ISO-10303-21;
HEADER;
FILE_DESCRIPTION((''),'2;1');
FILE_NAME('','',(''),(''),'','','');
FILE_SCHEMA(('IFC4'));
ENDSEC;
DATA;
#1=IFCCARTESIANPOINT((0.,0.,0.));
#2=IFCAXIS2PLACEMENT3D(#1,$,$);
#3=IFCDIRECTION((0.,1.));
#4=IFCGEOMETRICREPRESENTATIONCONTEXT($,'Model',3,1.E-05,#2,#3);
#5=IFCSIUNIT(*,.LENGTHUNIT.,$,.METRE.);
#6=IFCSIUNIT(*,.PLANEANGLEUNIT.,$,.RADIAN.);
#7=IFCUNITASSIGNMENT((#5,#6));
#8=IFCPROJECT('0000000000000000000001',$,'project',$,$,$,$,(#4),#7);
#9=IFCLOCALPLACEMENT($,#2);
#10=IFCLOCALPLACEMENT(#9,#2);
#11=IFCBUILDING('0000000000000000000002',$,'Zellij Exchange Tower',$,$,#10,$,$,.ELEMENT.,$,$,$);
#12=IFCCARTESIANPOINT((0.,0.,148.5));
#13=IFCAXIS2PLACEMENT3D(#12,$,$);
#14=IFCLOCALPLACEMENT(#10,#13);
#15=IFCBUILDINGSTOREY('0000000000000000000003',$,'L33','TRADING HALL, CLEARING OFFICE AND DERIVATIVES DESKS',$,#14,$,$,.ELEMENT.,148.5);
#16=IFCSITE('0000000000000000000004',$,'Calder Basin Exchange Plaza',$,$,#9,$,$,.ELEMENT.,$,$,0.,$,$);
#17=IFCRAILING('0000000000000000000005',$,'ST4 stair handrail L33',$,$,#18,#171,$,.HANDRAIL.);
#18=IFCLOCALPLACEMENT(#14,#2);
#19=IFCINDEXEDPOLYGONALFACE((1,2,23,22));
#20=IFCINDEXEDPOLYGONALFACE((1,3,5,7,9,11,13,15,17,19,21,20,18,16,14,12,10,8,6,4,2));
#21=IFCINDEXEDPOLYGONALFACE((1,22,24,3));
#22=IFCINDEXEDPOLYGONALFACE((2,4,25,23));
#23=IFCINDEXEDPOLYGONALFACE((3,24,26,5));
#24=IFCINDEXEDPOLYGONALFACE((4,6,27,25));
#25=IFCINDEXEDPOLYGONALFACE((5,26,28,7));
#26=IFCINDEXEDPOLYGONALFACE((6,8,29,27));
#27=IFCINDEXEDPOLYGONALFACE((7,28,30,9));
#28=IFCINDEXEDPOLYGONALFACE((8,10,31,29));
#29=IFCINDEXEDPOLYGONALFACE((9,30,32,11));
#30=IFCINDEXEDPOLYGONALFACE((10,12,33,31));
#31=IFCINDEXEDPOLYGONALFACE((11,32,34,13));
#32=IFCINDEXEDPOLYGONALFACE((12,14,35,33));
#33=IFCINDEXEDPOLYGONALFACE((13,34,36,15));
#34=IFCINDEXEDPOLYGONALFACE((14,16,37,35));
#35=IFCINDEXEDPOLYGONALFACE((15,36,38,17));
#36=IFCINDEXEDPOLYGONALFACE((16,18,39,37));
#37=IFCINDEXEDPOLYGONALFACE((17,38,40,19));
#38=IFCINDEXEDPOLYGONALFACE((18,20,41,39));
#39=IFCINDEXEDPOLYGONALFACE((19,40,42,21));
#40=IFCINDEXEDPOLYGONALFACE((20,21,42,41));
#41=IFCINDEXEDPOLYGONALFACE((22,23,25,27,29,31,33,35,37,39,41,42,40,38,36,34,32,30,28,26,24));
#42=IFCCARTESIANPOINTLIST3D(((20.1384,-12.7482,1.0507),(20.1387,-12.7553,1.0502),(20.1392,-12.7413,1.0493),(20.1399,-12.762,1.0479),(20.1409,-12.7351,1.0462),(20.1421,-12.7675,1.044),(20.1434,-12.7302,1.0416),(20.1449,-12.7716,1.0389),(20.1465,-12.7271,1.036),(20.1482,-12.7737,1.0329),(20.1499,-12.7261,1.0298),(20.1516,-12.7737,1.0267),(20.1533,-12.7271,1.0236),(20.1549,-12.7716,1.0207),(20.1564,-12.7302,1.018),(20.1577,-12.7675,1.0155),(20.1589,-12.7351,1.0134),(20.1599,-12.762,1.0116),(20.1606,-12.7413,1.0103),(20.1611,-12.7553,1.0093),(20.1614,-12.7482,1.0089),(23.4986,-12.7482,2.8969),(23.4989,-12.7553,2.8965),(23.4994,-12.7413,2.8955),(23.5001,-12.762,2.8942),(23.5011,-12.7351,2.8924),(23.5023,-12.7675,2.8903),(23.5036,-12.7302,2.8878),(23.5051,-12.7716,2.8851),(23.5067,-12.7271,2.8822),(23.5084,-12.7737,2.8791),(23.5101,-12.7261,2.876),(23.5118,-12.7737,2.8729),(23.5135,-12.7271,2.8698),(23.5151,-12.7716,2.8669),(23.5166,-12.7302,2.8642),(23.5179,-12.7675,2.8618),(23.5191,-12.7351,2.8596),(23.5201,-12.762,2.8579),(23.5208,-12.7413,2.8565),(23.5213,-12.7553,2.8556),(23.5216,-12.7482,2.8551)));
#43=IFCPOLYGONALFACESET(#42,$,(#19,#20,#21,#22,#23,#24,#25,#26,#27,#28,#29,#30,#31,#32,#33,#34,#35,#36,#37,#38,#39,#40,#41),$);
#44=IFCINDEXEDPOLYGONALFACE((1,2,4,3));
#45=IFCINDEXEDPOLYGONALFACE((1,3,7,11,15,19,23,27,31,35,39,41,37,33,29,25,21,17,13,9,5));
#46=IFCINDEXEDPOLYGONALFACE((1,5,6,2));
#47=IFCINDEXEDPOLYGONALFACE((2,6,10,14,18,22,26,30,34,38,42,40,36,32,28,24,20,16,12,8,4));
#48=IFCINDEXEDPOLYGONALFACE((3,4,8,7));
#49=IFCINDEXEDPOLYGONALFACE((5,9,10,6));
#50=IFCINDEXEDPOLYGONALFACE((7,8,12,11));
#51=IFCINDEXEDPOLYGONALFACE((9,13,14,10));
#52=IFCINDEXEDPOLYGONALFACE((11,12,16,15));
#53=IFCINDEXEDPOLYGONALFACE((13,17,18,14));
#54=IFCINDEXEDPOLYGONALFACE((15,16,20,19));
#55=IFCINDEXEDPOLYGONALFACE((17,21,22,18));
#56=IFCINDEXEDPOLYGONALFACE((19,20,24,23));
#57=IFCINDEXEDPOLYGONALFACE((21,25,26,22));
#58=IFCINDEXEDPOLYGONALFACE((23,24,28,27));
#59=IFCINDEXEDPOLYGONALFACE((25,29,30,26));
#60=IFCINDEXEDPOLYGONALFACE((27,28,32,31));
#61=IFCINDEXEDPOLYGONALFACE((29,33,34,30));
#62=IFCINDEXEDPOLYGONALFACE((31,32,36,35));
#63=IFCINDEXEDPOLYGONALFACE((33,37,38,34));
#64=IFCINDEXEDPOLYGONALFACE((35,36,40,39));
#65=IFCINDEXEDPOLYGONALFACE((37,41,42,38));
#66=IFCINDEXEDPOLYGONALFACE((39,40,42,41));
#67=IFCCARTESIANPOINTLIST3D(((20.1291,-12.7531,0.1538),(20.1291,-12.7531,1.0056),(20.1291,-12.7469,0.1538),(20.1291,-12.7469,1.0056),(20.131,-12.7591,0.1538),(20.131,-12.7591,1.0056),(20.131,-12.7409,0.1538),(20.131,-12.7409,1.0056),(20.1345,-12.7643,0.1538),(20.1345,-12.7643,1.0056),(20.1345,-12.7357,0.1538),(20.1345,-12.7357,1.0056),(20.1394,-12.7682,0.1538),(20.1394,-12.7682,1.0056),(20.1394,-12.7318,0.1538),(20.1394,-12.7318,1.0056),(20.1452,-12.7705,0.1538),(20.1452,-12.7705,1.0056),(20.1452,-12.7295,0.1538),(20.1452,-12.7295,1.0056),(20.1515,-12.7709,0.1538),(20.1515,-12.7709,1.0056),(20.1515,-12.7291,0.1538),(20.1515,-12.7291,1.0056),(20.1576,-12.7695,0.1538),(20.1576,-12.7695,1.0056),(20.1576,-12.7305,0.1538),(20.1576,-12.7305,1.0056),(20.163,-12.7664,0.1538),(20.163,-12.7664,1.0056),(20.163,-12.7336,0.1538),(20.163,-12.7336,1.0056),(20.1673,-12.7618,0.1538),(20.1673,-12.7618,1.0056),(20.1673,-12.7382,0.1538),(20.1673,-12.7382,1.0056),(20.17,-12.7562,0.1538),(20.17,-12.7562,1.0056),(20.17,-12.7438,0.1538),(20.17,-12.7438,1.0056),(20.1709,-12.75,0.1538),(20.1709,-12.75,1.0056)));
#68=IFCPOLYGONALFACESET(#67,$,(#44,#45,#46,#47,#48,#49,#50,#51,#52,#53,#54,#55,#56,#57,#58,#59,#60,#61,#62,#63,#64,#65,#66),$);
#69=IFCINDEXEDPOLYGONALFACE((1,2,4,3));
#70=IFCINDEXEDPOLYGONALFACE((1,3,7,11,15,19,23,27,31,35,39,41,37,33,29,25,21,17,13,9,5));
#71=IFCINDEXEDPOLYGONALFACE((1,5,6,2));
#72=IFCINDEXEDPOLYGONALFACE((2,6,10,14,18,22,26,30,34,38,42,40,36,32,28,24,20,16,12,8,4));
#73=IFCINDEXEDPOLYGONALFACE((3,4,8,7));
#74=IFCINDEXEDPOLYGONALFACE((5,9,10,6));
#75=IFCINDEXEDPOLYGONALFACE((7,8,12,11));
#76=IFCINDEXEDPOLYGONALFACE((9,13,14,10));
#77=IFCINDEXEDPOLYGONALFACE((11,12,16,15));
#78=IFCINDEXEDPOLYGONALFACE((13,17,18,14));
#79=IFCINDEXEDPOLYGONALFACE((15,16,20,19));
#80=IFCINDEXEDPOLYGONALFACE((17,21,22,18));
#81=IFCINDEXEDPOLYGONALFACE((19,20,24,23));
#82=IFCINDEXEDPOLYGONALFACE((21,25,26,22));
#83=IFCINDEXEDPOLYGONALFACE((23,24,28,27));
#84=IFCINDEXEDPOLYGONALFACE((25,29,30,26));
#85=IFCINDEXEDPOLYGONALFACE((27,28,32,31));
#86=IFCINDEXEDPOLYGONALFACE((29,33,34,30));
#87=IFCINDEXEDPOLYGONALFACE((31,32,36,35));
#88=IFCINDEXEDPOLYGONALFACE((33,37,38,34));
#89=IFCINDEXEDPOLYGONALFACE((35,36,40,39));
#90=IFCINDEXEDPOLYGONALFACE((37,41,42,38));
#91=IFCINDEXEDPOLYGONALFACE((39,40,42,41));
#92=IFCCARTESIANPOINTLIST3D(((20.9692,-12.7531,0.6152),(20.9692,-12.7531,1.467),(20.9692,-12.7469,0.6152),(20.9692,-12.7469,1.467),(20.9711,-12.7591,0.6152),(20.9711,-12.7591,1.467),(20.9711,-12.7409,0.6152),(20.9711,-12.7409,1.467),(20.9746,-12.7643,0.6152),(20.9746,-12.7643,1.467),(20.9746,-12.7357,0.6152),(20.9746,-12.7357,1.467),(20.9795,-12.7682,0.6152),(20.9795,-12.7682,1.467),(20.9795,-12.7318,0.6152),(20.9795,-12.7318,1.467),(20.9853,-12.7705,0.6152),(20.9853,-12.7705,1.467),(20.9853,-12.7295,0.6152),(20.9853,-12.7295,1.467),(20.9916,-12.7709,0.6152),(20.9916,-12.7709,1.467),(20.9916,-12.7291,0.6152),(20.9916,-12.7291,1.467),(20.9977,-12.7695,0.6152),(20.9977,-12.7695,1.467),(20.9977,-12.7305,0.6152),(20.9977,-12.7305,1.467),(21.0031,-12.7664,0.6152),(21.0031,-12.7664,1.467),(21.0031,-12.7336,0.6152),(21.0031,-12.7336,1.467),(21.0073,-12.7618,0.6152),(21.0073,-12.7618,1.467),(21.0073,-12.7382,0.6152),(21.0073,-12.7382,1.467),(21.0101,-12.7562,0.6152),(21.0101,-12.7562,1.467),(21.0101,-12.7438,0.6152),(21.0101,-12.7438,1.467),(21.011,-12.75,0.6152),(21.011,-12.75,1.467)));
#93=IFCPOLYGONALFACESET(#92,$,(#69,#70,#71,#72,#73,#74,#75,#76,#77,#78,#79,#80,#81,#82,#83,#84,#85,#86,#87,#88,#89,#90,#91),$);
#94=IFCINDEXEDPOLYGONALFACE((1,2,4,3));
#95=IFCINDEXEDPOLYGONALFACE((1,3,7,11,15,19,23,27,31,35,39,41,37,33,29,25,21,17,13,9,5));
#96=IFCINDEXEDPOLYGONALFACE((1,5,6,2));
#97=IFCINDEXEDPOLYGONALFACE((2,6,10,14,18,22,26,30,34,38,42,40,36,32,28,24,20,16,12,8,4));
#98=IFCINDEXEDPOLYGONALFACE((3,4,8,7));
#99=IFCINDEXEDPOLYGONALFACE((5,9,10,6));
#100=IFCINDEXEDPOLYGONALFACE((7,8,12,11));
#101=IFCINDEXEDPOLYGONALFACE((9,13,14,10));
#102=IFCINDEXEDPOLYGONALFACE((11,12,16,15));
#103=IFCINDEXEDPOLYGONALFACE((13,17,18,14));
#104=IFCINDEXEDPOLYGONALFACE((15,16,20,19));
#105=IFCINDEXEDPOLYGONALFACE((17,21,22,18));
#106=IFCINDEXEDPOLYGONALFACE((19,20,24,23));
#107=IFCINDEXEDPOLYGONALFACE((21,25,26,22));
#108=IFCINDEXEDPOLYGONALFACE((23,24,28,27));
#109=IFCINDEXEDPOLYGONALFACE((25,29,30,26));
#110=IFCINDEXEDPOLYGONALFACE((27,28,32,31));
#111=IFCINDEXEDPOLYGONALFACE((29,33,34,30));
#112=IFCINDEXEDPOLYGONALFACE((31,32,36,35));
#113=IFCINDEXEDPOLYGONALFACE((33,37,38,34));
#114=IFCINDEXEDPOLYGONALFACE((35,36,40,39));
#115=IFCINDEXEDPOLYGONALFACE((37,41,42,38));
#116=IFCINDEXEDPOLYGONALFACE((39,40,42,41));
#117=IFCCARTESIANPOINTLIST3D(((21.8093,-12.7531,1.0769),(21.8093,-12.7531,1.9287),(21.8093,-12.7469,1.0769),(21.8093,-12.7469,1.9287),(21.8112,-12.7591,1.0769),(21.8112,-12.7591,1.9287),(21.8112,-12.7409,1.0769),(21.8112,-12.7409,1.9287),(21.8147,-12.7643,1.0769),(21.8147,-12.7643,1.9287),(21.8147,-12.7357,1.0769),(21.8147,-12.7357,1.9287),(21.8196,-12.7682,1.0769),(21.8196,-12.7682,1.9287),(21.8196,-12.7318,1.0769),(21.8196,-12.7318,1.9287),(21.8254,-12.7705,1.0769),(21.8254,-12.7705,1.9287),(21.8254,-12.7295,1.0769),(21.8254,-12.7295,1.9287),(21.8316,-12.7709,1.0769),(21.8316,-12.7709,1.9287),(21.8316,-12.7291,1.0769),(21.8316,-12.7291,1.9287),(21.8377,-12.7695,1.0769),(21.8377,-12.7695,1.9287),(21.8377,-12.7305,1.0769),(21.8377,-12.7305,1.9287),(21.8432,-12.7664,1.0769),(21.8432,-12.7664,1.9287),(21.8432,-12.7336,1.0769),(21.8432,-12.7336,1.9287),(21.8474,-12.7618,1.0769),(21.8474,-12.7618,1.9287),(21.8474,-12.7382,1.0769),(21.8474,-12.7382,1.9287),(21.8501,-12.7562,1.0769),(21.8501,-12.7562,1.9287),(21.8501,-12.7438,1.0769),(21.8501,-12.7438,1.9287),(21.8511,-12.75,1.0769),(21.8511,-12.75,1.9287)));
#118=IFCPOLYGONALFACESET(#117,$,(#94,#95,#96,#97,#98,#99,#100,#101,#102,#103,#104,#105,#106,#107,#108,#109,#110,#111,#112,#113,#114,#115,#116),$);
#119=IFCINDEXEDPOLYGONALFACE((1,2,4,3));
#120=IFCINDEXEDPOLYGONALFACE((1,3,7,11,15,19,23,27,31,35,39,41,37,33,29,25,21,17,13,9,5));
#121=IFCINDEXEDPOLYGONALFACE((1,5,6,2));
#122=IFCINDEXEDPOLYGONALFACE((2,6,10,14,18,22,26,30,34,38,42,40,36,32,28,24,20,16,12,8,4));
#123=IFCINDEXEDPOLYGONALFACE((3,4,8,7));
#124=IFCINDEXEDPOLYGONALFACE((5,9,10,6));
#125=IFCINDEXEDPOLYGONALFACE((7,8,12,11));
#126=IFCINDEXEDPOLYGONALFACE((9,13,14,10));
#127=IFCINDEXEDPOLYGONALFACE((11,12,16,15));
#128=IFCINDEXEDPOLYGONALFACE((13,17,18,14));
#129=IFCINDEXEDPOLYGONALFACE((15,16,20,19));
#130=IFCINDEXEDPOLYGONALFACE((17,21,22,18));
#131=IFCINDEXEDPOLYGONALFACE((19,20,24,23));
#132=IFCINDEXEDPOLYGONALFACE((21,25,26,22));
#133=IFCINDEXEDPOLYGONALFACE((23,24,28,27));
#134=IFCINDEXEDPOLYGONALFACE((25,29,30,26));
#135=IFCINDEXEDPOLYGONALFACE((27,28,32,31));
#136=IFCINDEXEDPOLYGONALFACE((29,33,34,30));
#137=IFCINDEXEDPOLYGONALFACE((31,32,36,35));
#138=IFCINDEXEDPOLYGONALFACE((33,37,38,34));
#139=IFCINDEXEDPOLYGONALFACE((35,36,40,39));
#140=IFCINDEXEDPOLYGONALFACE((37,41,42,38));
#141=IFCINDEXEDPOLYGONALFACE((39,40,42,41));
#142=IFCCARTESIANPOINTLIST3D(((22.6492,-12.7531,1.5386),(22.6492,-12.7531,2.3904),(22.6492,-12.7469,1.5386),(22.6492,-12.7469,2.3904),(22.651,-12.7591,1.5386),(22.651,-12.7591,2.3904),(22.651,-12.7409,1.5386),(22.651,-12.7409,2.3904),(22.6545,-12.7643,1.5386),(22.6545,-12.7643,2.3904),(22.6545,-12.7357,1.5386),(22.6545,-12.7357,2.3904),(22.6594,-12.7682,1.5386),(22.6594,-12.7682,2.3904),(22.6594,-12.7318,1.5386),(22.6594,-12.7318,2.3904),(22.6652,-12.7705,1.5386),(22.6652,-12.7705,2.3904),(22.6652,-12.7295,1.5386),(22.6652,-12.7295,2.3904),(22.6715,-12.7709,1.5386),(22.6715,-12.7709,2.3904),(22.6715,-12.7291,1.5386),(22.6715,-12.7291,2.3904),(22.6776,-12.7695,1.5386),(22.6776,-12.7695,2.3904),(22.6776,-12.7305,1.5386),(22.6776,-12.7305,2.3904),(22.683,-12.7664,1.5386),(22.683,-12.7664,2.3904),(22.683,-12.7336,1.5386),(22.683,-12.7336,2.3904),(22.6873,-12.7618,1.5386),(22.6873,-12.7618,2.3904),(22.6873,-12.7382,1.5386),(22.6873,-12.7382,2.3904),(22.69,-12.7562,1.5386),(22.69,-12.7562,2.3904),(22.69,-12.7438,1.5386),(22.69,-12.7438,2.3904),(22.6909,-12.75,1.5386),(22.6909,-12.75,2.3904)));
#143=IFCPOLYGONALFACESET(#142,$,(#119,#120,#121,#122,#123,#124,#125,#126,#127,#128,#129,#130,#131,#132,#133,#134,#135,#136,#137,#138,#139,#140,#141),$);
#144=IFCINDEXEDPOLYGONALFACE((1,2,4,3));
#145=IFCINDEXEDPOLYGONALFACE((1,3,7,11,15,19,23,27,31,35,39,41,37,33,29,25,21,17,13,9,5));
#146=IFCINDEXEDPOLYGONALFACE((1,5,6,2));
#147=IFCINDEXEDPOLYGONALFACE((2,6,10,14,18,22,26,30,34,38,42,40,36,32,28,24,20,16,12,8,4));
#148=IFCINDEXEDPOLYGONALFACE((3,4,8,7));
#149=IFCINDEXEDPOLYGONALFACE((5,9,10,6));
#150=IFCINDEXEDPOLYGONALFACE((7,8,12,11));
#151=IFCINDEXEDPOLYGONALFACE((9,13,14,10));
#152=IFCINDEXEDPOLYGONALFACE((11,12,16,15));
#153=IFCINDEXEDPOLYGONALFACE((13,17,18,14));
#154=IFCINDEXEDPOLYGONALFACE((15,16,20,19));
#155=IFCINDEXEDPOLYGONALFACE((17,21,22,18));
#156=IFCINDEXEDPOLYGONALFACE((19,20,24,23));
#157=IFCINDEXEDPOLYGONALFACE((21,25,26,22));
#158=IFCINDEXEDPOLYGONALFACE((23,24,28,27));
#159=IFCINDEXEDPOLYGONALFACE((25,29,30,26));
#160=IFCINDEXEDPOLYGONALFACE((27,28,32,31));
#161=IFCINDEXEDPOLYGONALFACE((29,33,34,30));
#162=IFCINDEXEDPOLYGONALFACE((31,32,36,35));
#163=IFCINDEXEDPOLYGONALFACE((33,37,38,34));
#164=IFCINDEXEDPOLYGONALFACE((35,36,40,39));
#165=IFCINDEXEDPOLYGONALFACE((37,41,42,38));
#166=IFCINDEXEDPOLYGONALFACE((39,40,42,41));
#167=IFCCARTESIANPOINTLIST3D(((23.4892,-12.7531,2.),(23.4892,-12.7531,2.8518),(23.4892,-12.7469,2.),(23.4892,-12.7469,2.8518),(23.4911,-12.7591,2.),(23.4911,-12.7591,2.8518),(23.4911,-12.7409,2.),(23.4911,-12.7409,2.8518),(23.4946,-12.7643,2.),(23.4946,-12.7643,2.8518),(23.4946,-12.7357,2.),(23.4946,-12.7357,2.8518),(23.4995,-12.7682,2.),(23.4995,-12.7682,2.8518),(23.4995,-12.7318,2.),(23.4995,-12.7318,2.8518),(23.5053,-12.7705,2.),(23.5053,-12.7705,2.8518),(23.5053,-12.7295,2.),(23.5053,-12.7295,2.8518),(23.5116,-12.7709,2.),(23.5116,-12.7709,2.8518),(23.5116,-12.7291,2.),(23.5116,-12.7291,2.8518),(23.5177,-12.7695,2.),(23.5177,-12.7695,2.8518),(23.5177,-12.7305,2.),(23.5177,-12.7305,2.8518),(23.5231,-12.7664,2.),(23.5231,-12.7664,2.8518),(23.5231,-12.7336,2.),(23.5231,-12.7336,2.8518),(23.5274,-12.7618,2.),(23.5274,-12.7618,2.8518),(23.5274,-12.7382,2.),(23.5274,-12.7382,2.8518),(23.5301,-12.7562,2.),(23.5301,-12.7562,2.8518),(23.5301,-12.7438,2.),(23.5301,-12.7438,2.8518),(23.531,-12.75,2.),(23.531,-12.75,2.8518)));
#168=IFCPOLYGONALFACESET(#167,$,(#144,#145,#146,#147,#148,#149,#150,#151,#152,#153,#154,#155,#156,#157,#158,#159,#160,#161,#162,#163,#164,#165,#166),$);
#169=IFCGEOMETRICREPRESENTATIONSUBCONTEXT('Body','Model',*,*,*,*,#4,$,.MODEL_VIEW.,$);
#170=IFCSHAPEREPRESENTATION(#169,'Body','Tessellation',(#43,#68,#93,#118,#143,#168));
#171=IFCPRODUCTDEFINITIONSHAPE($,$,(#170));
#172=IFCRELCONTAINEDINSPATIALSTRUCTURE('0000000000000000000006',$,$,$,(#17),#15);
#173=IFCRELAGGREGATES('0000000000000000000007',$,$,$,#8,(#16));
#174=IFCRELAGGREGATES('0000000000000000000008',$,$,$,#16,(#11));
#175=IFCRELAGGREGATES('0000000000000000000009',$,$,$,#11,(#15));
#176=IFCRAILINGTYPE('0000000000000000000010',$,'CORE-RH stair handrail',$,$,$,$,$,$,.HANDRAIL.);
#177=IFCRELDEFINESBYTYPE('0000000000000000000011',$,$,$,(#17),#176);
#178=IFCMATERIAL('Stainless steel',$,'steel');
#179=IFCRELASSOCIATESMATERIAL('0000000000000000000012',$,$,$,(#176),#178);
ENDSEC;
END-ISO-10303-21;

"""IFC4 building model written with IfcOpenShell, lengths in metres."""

from ifc_helpers import new_model, si_unit, direction, frame, origin, origin_2d, place, context, subcontext, project, spatial, circle, extrude, material, type_object, element, save


model = new_model("IFC4")

# Units and contexts
model_context = context("Model", 3, precision=1e-05, world=origin(), true_north=direction((0.0, 1.0)))
body_context = subcontext(model_context, "Body", "Model", "MODEL_VIEW")
ifc_project = project(units=[si_unit("LENGTHUNIT", "METRE"), si_unit("PLANEANGLEUNIT", "RADIAN")], contexts=[model_context])

# Site, building, storey
site_placement = place(None, origin())
site = spatial("IfcSite", under=ifc_project, at=site_placement, Name="Calder Basin Exchange Plaza", CompositionType="ELEMENT", RefElevation=0.0)
building_placement = place(site_placement, origin())
building = spatial("IfcBuilding", under=site, at=building_placement, Name="Zellij Exchange Tower", CompositionType="ELEMENT")
storey_placement = place(building_placement, frame((0.0, 0.0, 148.5)))
storey = spatial("IfcBuildingStorey", under=building, at=storey_placement, Name="L33", Description="TRADING HALL, CLEARING OFFICE AND DERIVATIVES DESKS", CompositionType="ELEMENT", Elevation=148.5)

# Railing
ifc_material_1 = material(Name="Stainless steel", Category="steel")
railing_type_1 = type_object("IfcRailingType", Name="CORE-RH stair handrail", PredefinedType="HANDRAIL", material=ifc_material_1)
railing_1_placement = place(storey_placement, frame((20.1499, -12.75, 0.1538)))
element("IfcRailing", 1, at=railing_1_placement, inside=storey, type_object=railing_type_1, Name="ST4 stair handrail L33", PredefinedType="HANDRAIL", context=body_context, shape_type="SweptSolid", body=[
    extrude(circle(Radius=0.0239, at=origin_2d()), frame((0.0, 0.0, 0.876), z_axis=(0.876422, 0.0, 0.481545), x_axis=(0.0, 1.0, 0.0)), (0.0, 0.0, 1.0), 3.834),
    extrude(circle(Radius=0.021, at=origin_2d()), origin(), (0.0, 0.0, 1.0), 0.8518),
    extrude(circle(Radius=0.021, at=origin_2d()), frame((0.8401, 0.0, 0.4614)), (0.0, 0.0, 1.0), 0.8518),
    extrude(circle(Radius=0.021, at=origin_2d()), frame((1.6802, 0.0, 0.9231)), (0.0, 0.0, 1.0), 0.8518),
    extrude(circle(Radius=0.021, at=origin_2d()), frame((2.52, 0.0, 1.3848)), (0.0, 0.0, 1.0), 0.8518),
    extrude(circle(Radius=0.021, at=origin_2d()), frame((3.3601, 0.0, 1.8462)), (0.0, 0.0, 1.0), 0.8518),
])

save(model, "model.ifc")
